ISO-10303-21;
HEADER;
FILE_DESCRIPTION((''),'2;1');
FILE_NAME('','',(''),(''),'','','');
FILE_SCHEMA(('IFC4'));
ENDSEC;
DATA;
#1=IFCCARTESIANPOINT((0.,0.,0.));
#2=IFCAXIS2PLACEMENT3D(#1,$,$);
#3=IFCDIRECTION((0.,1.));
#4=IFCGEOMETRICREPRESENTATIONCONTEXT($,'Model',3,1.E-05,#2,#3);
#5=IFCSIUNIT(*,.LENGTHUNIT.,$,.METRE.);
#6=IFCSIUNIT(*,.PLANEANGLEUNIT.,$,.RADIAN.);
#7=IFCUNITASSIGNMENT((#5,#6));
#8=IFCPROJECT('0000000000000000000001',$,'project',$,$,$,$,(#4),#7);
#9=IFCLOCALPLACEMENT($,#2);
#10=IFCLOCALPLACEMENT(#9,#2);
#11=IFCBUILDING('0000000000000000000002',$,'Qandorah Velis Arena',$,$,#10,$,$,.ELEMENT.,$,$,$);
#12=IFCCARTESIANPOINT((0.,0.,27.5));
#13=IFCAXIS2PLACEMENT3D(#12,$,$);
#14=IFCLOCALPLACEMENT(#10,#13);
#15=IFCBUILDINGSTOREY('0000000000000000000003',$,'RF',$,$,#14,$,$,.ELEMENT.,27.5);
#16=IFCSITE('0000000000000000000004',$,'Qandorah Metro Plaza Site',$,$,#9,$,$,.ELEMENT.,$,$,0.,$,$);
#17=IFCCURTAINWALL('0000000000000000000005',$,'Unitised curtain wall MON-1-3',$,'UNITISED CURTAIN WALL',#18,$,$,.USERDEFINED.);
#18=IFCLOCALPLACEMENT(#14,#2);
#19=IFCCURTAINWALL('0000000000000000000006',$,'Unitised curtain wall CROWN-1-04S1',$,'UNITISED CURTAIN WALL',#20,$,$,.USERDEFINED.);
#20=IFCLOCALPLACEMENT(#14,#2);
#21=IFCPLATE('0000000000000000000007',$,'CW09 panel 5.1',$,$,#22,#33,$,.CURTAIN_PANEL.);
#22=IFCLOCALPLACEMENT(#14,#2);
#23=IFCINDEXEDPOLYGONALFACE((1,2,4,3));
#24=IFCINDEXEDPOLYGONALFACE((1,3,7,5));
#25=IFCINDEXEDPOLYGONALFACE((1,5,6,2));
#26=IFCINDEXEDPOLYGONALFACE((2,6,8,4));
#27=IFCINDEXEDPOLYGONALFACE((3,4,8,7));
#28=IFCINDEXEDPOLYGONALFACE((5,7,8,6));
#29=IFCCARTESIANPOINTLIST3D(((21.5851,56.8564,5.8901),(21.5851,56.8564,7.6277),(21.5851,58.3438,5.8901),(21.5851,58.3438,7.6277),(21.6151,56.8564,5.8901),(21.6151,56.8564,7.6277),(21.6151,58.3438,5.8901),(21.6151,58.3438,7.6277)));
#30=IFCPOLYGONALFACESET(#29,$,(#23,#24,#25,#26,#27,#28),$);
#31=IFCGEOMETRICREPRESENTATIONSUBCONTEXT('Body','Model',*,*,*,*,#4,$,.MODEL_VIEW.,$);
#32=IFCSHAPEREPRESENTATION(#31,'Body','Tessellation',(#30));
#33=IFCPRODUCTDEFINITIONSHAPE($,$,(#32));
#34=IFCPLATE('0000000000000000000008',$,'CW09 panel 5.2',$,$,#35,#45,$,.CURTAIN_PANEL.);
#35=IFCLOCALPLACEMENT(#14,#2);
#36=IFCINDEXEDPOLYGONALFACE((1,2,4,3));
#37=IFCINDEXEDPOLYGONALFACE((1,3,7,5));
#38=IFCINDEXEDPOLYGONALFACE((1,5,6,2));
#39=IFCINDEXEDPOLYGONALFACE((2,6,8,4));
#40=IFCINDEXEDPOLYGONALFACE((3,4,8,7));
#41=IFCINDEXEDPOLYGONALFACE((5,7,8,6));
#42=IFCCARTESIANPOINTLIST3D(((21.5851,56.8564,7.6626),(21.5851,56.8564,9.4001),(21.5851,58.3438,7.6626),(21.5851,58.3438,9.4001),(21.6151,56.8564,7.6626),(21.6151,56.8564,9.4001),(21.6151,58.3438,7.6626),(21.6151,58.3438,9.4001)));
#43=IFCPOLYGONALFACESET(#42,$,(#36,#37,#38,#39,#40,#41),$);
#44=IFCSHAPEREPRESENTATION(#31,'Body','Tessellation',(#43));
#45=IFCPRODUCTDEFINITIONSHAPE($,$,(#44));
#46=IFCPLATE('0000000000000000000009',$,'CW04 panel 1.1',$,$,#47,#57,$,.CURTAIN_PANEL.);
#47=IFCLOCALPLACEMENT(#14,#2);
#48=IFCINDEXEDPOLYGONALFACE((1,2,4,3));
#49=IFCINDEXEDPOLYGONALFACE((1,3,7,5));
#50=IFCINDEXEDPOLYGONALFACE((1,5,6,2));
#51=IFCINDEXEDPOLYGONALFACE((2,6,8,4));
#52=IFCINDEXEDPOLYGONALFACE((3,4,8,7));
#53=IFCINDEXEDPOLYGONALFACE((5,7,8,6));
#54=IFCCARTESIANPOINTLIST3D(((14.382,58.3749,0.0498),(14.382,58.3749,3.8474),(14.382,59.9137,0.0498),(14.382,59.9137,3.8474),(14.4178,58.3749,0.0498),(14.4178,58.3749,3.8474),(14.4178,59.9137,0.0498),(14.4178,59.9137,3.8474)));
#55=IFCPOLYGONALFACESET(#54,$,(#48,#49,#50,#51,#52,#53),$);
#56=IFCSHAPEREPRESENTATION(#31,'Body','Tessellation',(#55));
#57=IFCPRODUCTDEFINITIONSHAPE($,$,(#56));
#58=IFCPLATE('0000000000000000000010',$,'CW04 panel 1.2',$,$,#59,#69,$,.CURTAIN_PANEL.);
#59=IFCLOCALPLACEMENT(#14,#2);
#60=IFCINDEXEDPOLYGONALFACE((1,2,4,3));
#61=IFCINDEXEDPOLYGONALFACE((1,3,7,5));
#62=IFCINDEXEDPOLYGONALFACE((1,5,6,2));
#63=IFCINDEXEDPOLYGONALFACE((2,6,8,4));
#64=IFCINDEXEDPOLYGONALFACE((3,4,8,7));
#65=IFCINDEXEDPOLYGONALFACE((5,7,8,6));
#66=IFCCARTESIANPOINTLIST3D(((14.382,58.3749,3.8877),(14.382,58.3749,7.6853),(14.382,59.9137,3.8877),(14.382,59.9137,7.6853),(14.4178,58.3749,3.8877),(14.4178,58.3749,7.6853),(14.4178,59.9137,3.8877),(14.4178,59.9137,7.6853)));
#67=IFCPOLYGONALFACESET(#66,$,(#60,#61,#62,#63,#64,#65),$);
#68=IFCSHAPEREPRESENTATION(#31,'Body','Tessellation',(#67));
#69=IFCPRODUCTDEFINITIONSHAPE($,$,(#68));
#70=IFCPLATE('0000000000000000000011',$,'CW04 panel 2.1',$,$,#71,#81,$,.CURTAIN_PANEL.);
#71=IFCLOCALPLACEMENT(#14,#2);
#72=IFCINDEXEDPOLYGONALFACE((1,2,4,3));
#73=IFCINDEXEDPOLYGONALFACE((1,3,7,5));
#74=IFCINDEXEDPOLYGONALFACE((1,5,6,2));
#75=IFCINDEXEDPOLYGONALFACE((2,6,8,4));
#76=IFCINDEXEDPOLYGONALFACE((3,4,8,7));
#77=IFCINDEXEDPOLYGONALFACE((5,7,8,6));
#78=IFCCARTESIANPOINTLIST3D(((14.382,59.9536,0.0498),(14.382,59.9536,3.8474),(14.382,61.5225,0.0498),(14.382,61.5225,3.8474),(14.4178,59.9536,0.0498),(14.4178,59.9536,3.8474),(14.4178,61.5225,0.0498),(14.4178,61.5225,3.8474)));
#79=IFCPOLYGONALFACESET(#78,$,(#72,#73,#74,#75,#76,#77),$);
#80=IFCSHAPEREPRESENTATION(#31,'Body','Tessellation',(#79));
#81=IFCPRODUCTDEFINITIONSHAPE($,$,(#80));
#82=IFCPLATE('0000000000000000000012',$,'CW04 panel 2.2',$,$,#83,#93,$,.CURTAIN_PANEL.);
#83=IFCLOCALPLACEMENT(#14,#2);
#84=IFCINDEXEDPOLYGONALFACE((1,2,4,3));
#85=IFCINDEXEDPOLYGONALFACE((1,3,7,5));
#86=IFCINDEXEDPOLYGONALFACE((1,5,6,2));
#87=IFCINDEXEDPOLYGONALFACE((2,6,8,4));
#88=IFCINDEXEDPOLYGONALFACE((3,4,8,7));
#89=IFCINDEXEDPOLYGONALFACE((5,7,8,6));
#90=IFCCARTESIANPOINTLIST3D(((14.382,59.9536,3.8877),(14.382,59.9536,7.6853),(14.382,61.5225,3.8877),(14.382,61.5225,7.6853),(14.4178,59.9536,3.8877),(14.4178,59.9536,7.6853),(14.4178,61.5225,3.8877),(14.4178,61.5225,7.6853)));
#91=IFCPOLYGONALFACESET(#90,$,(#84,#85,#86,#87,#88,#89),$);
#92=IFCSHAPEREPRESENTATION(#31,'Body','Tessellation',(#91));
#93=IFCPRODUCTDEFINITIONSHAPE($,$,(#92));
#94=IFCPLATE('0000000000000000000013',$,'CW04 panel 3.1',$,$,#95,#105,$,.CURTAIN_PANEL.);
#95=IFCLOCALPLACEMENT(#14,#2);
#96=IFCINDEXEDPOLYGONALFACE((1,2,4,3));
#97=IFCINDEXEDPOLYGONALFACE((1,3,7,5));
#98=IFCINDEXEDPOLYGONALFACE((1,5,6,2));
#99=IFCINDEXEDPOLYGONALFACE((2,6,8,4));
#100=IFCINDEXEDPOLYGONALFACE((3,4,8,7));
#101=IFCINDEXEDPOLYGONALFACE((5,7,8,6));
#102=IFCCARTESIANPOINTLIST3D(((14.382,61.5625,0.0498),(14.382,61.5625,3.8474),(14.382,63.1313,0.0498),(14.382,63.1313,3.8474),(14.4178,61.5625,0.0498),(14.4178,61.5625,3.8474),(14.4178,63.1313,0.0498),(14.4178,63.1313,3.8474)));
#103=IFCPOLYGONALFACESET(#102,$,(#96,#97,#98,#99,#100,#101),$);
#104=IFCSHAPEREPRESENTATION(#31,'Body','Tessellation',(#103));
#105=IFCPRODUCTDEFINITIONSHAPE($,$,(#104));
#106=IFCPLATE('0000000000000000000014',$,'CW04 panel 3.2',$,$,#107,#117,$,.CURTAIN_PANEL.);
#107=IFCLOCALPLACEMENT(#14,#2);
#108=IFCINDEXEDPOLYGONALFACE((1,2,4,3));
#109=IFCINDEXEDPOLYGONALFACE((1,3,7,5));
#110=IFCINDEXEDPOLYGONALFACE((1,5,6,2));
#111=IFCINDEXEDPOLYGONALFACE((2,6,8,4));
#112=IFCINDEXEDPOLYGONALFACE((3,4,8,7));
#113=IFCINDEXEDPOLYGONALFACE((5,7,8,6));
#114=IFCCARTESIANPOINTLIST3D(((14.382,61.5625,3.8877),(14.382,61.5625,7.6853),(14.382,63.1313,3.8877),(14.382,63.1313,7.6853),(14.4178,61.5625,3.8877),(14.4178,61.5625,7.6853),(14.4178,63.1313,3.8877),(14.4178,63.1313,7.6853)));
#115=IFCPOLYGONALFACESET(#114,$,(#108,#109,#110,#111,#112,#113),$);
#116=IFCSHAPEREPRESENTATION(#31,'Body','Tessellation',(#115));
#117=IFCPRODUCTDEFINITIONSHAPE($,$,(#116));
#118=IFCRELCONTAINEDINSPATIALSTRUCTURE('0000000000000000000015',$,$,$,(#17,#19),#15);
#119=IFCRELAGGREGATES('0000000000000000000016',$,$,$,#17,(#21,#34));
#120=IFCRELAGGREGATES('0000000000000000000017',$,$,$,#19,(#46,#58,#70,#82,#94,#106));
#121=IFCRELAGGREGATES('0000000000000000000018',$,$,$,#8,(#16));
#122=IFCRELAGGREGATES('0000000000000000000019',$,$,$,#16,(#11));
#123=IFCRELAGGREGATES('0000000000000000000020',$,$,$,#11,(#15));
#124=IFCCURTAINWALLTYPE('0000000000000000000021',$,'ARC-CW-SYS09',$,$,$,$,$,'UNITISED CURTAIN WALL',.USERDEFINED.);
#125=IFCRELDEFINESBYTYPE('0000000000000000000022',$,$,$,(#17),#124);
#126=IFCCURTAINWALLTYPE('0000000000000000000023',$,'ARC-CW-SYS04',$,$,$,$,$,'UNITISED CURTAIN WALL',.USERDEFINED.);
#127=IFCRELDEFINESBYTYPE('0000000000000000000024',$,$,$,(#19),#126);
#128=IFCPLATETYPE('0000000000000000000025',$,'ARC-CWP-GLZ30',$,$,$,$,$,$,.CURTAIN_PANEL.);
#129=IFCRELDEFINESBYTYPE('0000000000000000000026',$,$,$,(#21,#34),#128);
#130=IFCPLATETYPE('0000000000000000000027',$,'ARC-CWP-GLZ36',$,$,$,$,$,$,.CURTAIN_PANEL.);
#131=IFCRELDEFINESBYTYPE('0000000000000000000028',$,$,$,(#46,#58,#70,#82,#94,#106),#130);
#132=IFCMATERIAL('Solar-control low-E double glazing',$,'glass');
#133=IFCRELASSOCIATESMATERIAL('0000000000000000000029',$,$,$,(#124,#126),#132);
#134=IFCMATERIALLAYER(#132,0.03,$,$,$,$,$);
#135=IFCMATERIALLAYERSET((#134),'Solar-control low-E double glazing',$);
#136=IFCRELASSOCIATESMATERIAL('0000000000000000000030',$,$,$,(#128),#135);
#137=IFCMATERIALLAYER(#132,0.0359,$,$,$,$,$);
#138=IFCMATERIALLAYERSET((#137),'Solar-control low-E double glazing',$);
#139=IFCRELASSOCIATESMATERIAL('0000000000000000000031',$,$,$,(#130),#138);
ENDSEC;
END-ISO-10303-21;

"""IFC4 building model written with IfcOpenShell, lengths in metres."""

from ifc_helpers import new_model, si_unit, direction, frame, origin, origin_2d, place, context, subcontext, project, spatial, rectangle, extrude, material, layer, layer_set, type_object, element, aggregate, save


model = new_model("IFC4")

# Units and contexts
model_context = context("Model", 3, precision=1e-05, world=origin(), true_north=direction((0.0, 1.0)))
body_context = subcontext(model_context, "Body", "Model", "MODEL_VIEW")
ifc_project = project(units=[si_unit("LENGTHUNIT", "METRE"), si_unit("PLANEANGLEUNIT", "RADIAN")], contexts=[model_context])

# Site, building, storey
site_placement = place(None, origin())
site = spatial("IfcSite", under=ifc_project, at=site_placement, Name="Qandorah Metro Plaza Site", CompositionType="ELEMENT", RefElevation=0.0)
building_placement = place(site_placement, origin())
building = spatial("IfcBuilding", under=site, at=building_placement, Name="Qandorah Velis Arena", CompositionType="ELEMENT")
storey_placement = place(building_placement, frame((0.0, 0.0, 27.5)))
storey = spatial("IfcBuildingStorey", under=building, at=storey_placement, Name="RF", CompositionType="ELEMENT", Elevation=27.5)

# Curtain walls
ifc_material_1 = material(Name="Solar-control low-E double glazing", Category="glass")
curtain_wall_type_1 = type_object("IfcCurtainWallType", Name="ARC-CW-SYS09", ElementType="UNITISED CURTAIN WALL", PredefinedType="USERDEFINED", material=ifc_material_1)
curtain_wall_1_placement = place(storey_placement, origin())
curtain_wall_1 = element("IfcCurtainWall", 1, at=curtain_wall_1_placement, inside=storey, type_object=curtain_wall_type_1, Name="Unitised curtain wall MON-1-3", ObjectType="UNITISED CURTAIN WALL", PredefinedType="USERDEFINED")
curtain_wall_type_2 = type_object("IfcCurtainWallType", Name="ARC-CW-SYS04", ElementType="UNITISED CURTAIN WALL", PredefinedType="USERDEFINED", material=ifc_material_1)
curtain_wall_2_placement = place(storey_placement, origin())
curtain_wall_2 = element("IfcCurtainWall", 2, at=curtain_wall_2_placement, inside=storey, type_object=curtain_wall_type_2, Name="Unitised curtain wall CROWN-1-04S1", ObjectType="UNITISED CURTAIN WALL", PredefinedType="USERDEFINED")

# Plates
ifc_layer_1 = layer(ifc_material_1, 0.03)
ifc_layer_set_1 = layer_set([ifc_layer_1], Name="Solar-control low-E double glazing")
plate_type_1 = type_object("IfcPlateType", Name="ARC-CWP-GLZ30", PredefinedType="CURTAIN_PANEL", material=ifc_layer_set_1)
plate_1_placement = place(storey_placement, frame((21.6001, 57.6001, 5.8901), z_axis=(0.0, 0.0, 1.0), x_axis=(0.0, 1.0, 0.0)))
plate_1 = element("IfcPlate", 3, at=plate_1_placement, type_object=plate_type_1, Name="CW09 panel 5.1", PredefinedType="CURTAIN_PANEL", context=body_context, shape_type="SweptSolid", body=[
    extrude(rectangle(XDim=1.4873, YDim=0.03, at=origin_2d()), origin(), (0.0, 0.0, 1.0), 1.7375),
])
plate_2_placement = place(storey_placement, frame((21.6001, 57.6001, 7.6626), z_axis=(0.0, 0.0, 1.0), x_axis=(0.0, 1.0, 0.0)))
plate_2 = element("IfcPlate", 4, at=plate_2_placement, type_object=plate_type_1, Name="CW09 panel 5.2", PredefinedType="CURTAIN_PANEL", context=body_context, shape_type="SweptSolid", body=[
    extrude(rectangle(XDim=1.4873, YDim=0.03, at=origin_2d()), origin(), (0.0, 0.0, 1.0), 1.7375),
])
aggregate(curtain_wall_1, [plate_1, plate_2])
ifc_layer_2 = layer(ifc_material_1, 0.0359)
ifc_layer_set_2 = layer_set([ifc_layer_2], Name="Solar-control low-E double glazing")
plate_type_2 = type_object("IfcPlateType", Name="ARC-CWP-GLZ36", PredefinedType="CURTAIN_PANEL", material=ifc_layer_set_2)
plate_3_placement = place(storey_placement, frame((14.3999, 59.1443, 0.0498), z_axis=(0.0, 0.0, 1.0), x_axis=(0.0, 1.0, 0.0)))
plate_3 = element("IfcPlate", 5, at=plate_3_placement, type_object=plate_type_2, Name="CW04 panel 1.1", PredefinedType="CURTAIN_PANEL", context=body_context, shape_type="SweptSolid", body=[
    extrude(rectangle(XDim=1.5388, YDim=0.0359, at=origin_2d()), origin(), (0.0, 0.0, 1.0), 3.7976),
])
plate_4_placement = place(storey_placement, frame((14.3999, 59.1443, 3.8877), z_axis=(0.0, 0.0, 1.0), x_axis=(0.0, 1.0, 0.0)))
plate_4 = element("IfcPlate", 6, at=plate_4_placement, type_object=plate_type_2, Name="CW04 panel 1.2", PredefinedType="CURTAIN_PANEL", context=body_context, shape_type="SweptSolid", body=[
    extrude(rectangle(XDim=1.5388, YDim=0.0359, at=origin_2d()), origin(), (0.0, 0.0, 1.0), 3.7976),
])
plate_5_placement = place(storey_placement, frame((14.3999, 60.738, 0.0498), z_axis=(0.0, 0.0, 1.0), x_axis=(0.0, 1.0, 0.0)))
plate_5 = element("IfcPlate", 7, at=plate_5_placement, type_object=plate_type_2, Name="CW04 panel 2.1", PredefinedType="CURTAIN_PANEL", context=body_context, shape_type="SweptSolid", body=[
    extrude(rectangle(XDim=1.5688, YDim=0.0359, at=origin_2d()), origin(), (0.0, 0.0, 1.0), 3.7976),
])
plate_6_placement = place(storey_placement, frame((14.3999, 60.738, 3.8877), z_axis=(0.0, 0.0, 1.0), x_axis=(0.0, 1.0, 0.0)))
plate_6 = element("IfcPlate", 8, at=plate_6_placement, type_object=plate_type_2, Name="CW04 panel 2.2", PredefinedType="CURTAIN_PANEL", context=body_context, shape_type="SweptSolid", body=[
    extrude(rectangle(XDim=1.5688, YDim=0.0359, at=origin_2d()), origin(), (0.0, 0.0, 1.0), 3.7976),
])
plate_7_placement = place(storey_placement, frame((14.3999, 62.3469, 0.0498), z_axis=(0.0, 0.0, 1.0), x_axis=(0.0, 1.0, 0.0)))
plate_7 = element("IfcPlate", 9, at=plate_7_placement, type_object=plate_type_2, Name="CW04 panel 3.1", PredefinedType="CURTAIN_PANEL", context=body_context, shape_type="SweptSolid", body=[
    extrude(rectangle(XDim=1.5688, YDim=0.0359, at=origin_2d()), origin(), (0.0, 0.0, 1.0), 3.7976),
])
plate_8_placement = place(storey_placement, frame((14.3999, 62.3469, 3.8877), z_axis=(0.0, 0.0, 1.0), x_axis=(0.0, 1.0, 0.0)))
plate_8 = element("IfcPlate", 10, at=plate_8_placement, type_object=plate_type_2, Name="CW04 panel 3.2", PredefinedType="CURTAIN_PANEL", context=body_context, shape_type="SweptSolid", body=[
    extrude(rectangle(XDim=1.5688, YDim=0.0359, at=origin_2d()), origin(), (0.0, 0.0, 1.0), 3.7976),
])
aggregate(curtain_wall_2, [plate_3, plate_4, plate_5, plate_6, plate_7, plate_8])

save(model, "model.ifc")
